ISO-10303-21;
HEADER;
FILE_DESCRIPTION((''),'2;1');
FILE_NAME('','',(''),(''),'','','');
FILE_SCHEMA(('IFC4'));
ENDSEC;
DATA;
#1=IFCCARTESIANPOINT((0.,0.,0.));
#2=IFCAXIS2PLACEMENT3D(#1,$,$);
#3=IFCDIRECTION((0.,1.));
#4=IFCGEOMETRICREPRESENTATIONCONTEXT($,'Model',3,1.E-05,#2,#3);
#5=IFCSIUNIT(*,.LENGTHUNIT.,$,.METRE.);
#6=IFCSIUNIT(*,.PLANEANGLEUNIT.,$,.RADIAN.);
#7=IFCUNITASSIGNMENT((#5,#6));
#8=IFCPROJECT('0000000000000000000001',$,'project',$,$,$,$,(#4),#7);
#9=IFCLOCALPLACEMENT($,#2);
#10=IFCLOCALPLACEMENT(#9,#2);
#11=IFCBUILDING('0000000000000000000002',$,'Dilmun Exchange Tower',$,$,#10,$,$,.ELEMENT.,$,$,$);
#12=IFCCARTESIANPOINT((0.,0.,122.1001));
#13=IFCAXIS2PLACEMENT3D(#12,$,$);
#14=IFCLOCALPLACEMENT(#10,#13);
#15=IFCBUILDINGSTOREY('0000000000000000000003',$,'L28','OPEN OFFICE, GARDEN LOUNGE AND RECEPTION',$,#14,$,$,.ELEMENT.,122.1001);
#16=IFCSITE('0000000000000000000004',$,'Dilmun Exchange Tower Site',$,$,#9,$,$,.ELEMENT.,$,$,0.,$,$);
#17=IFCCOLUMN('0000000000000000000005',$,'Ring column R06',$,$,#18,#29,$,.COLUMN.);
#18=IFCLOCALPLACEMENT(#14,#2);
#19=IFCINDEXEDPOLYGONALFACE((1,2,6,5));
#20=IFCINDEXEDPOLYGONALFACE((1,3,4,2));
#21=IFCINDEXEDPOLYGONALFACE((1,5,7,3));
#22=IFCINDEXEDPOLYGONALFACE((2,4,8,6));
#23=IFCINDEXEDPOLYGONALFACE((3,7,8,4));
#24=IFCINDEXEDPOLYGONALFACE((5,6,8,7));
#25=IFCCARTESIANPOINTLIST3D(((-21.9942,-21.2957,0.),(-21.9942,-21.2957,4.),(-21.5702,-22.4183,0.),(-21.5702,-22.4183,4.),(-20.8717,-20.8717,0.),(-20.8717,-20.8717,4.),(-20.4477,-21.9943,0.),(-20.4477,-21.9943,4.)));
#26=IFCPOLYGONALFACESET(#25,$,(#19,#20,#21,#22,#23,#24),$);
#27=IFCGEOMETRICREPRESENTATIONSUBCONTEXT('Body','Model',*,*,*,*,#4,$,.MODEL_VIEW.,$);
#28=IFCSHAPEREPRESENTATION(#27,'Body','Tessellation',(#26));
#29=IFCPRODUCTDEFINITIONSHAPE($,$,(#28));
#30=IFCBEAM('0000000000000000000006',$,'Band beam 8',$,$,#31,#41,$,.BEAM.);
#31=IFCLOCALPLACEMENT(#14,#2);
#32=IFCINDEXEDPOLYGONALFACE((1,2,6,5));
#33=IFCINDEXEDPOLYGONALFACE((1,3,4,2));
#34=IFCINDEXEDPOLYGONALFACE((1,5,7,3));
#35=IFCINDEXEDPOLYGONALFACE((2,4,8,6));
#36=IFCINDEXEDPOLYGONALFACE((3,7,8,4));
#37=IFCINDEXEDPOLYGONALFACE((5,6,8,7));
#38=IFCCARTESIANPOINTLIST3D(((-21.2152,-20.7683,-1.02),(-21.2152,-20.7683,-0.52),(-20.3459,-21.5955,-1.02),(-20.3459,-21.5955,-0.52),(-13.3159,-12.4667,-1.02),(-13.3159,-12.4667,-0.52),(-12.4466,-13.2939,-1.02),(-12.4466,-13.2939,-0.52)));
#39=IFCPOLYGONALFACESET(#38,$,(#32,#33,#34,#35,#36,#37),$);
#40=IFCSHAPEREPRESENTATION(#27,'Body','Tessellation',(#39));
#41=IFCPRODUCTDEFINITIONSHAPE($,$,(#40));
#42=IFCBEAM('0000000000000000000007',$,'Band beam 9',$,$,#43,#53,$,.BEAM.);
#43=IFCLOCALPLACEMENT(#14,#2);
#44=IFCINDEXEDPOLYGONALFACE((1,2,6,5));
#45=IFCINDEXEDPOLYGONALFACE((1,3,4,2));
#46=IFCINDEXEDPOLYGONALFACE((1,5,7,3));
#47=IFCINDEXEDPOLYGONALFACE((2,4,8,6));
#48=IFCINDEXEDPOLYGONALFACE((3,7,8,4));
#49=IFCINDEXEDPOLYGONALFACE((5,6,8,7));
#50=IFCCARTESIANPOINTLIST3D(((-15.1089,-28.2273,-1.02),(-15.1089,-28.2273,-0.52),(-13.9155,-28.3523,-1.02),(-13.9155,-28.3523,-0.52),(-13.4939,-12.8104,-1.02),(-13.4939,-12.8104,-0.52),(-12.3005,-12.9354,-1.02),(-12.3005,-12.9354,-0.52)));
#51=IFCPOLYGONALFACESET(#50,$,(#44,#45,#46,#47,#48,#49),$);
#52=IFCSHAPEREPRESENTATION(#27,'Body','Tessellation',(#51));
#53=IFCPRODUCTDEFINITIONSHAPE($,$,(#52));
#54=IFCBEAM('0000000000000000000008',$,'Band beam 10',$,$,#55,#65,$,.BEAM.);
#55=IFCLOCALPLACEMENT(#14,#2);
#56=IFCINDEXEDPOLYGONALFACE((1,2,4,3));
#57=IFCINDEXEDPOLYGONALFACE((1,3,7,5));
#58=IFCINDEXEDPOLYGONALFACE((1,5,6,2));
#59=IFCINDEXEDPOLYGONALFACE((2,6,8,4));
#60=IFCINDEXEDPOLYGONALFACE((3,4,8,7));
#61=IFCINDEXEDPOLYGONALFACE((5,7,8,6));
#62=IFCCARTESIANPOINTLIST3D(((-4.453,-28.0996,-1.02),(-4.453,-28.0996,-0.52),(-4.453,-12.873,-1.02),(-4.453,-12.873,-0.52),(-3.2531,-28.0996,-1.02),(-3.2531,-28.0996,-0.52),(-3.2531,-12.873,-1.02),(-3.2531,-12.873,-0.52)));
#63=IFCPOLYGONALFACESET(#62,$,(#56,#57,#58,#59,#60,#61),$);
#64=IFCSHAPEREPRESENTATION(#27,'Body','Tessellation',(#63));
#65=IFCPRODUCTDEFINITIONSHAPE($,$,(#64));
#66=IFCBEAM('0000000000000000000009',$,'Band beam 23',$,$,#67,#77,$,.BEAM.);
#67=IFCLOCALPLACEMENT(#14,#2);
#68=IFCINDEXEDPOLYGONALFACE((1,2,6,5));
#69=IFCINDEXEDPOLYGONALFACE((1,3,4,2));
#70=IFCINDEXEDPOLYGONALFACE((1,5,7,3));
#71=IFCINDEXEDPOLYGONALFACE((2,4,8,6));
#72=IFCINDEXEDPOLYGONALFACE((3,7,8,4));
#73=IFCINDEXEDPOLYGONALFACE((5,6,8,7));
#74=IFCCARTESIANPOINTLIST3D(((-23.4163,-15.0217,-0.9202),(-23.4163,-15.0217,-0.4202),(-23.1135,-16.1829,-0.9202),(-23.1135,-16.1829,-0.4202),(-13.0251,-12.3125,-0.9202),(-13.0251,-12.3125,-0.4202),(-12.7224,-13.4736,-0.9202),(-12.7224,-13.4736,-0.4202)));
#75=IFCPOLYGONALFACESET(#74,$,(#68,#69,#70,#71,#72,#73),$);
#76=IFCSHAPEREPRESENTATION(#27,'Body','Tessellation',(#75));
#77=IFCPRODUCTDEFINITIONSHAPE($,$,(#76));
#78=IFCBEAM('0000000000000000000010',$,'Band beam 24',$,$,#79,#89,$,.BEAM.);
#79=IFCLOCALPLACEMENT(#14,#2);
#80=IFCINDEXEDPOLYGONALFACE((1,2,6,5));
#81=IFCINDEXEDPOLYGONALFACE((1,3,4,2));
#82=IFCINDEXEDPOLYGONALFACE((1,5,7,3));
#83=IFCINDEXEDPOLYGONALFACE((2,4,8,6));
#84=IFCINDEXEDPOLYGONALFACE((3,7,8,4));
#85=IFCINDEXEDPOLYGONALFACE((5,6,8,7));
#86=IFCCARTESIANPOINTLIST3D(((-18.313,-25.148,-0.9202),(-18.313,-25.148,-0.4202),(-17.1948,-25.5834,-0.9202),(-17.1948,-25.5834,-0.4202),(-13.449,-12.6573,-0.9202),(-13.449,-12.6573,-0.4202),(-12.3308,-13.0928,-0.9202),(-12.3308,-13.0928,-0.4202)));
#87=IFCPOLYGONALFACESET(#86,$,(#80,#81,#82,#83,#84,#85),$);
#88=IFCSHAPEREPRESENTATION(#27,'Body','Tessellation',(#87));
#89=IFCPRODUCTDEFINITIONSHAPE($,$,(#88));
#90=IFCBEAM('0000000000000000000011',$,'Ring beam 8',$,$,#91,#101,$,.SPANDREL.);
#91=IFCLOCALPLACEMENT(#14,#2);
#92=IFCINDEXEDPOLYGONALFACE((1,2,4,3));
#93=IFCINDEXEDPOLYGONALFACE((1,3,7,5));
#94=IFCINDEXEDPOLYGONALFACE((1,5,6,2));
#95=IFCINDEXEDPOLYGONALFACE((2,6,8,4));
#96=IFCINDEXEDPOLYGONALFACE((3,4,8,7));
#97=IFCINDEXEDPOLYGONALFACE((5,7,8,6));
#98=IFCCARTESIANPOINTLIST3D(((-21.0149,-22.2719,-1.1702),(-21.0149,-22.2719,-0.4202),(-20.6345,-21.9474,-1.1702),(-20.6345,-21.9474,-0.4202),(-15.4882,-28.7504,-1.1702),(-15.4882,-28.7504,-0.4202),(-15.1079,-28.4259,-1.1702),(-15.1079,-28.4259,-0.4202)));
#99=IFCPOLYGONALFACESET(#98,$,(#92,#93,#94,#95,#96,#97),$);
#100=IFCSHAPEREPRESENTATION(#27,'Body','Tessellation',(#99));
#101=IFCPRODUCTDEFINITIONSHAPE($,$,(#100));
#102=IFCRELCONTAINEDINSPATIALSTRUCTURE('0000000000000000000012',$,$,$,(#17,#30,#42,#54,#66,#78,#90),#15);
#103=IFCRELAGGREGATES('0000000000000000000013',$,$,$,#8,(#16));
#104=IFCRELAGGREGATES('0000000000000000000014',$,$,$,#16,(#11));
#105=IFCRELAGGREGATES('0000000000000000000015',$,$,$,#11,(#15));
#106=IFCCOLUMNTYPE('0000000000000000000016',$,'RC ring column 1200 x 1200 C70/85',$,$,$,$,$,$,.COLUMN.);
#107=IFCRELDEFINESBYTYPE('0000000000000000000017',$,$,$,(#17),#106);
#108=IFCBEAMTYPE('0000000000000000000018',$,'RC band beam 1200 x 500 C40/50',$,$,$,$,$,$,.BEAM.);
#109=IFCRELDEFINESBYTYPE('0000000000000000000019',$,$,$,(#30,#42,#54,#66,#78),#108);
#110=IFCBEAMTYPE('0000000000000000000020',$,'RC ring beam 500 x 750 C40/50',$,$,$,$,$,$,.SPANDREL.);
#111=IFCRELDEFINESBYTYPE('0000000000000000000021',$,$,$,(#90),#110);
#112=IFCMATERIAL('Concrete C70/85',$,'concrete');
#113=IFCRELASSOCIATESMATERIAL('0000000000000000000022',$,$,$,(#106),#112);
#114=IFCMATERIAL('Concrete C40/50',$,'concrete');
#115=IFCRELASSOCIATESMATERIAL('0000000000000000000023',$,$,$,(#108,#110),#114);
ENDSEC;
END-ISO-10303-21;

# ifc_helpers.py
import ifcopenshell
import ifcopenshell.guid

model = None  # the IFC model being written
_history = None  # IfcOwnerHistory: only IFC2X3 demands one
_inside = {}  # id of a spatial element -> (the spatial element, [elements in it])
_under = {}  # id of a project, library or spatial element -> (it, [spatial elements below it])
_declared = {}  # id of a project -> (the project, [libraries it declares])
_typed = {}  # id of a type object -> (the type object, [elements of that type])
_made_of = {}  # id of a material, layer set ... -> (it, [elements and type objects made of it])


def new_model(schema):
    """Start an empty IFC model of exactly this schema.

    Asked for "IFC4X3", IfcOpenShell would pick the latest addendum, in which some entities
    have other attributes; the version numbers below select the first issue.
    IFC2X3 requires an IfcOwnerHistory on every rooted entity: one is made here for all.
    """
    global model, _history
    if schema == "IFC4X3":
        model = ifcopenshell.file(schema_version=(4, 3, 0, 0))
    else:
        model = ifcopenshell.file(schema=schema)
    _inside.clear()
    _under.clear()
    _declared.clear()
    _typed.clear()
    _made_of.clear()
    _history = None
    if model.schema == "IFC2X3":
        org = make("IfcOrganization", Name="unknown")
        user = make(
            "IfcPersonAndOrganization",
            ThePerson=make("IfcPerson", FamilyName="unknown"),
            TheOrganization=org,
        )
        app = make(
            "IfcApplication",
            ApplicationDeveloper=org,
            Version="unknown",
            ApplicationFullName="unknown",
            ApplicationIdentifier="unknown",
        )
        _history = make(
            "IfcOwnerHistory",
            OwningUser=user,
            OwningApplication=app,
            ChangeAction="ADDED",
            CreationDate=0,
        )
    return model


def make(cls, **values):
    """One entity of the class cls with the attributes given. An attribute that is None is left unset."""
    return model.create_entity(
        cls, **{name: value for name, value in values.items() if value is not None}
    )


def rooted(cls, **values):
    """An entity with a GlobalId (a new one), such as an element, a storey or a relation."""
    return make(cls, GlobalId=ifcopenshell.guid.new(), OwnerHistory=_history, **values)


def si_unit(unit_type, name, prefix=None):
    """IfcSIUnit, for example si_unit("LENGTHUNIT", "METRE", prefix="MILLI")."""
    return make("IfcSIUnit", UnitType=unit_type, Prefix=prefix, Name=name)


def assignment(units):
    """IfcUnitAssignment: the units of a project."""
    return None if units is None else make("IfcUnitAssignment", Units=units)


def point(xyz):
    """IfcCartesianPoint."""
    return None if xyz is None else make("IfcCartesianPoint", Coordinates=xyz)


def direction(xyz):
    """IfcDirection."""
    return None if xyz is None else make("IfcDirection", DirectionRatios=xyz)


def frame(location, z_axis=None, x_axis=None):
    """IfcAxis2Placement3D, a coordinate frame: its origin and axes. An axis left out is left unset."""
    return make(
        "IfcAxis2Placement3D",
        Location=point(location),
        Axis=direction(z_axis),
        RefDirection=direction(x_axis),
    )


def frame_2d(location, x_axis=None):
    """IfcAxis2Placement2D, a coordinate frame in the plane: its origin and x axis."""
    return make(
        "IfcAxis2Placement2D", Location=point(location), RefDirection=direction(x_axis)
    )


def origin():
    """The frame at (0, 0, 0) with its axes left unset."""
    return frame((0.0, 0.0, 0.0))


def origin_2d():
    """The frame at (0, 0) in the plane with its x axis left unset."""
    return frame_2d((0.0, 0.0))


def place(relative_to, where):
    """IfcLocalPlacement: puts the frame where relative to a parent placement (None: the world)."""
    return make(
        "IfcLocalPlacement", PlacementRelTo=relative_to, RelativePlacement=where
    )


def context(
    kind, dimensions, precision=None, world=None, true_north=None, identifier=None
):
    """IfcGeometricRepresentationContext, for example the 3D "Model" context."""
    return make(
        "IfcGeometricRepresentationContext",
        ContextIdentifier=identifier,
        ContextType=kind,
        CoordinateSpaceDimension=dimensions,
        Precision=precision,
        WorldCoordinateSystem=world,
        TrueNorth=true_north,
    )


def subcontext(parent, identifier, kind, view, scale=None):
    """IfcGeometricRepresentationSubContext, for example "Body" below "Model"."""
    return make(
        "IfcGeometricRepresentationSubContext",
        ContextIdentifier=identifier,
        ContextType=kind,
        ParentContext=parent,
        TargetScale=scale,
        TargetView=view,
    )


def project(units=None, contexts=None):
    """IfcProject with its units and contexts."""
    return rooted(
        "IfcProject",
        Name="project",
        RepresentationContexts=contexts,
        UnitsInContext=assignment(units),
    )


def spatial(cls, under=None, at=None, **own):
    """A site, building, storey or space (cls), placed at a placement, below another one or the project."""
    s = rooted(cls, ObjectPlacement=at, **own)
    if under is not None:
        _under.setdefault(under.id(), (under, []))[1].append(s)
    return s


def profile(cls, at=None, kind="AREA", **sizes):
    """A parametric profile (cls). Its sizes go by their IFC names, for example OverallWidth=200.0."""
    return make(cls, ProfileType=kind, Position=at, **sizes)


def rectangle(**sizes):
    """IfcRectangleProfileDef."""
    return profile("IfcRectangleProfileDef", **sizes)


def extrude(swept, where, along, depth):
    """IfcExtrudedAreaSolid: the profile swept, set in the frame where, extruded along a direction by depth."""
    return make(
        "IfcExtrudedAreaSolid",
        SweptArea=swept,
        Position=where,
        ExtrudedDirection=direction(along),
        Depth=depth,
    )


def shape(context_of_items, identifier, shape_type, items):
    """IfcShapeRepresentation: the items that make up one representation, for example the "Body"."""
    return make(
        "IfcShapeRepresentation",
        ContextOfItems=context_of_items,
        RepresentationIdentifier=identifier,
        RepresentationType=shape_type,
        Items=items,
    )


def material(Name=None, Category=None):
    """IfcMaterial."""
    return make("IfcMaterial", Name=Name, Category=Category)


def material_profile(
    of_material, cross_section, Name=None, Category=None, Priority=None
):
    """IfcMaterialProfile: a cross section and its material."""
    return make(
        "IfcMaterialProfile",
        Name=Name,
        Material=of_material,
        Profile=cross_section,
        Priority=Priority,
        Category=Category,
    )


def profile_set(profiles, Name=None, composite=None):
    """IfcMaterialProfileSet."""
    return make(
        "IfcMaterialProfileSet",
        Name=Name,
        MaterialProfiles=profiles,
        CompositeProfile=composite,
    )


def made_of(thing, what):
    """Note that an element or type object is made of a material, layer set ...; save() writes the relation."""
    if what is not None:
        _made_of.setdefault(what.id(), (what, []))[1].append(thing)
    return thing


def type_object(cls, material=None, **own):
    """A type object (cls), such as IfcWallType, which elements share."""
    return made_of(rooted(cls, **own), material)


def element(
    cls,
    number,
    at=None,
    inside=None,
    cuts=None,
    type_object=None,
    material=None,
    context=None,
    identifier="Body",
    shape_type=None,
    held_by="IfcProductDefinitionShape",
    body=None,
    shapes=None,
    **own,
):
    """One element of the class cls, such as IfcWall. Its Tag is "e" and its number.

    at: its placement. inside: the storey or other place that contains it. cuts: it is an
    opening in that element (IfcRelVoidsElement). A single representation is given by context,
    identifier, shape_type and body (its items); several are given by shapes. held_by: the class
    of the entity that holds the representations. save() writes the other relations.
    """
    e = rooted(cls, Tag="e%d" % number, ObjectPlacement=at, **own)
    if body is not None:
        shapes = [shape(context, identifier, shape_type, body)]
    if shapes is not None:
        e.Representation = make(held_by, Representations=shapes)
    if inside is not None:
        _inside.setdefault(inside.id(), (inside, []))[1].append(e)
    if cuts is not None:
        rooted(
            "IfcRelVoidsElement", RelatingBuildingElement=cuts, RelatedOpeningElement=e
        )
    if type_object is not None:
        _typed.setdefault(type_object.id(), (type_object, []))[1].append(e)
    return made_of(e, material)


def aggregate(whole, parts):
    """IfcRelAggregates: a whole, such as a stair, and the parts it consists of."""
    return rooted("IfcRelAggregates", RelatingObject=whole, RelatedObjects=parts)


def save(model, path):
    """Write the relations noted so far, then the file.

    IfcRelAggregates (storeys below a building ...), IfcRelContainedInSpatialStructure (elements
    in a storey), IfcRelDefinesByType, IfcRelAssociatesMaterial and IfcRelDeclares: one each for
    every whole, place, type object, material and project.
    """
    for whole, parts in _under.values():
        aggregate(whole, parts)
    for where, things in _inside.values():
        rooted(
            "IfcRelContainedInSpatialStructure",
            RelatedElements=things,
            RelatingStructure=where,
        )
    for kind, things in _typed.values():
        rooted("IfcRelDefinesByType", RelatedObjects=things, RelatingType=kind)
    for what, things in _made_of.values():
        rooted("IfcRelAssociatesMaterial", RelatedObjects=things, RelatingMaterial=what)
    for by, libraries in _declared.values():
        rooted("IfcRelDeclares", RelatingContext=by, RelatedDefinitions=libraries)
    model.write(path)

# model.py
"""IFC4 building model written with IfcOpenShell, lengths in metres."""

from ifc_helpers import new_model, si_unit, direction, frame, origin, origin_2d, place, context, subcontext, project, spatial, rectangle, extrude, material, material_profile, profile_set, type_object, element, save


model = new_model("IFC4")

# Units and contexts
model_context = context("Model", 3, precision=1e-05, world=origin(), true_north=direction((0.0, 1.0)))
body_context = subcontext(model_context, "Body", "Model", "MODEL_VIEW")
ifc_project = project(units=[si_unit("LENGTHUNIT", "METRE"), si_unit("PLANEANGLEUNIT", "RADIAN")], contexts=[model_context])

# Site, building, storey
site_placement = place(None, origin())
site = spatial("IfcSite", under=ifc_project, at=site_placement, Name="Dilmun Exchange Tower Site", CompositionType="ELEMENT", RefElevation=0.0)
building_placement = place(site_placement, origin())
building = spatial("IfcBuilding", under=site, at=building_placement, Name="Dilmun Exchange Tower", CompositionType="ELEMENT")
storey_placement = place(building_placement, frame((0.0, 0.0, 122.1001)))
storey = spatial("IfcBuildingStorey", under=building, at=storey_placement, Name="L28", Description="OPEN OFFICE, GARDEN LOUNGE AND RECEPTION", CompositionType="ELEMENT", Elevation=122.1001)

# Column
ifc_material_1 = material(Name="Concrete C70/85", Category="concrete")
ifc_material_profile_1 = material_profile(ifc_material_1, rectangle(XDim=1.2, YDim=1.2, at=origin_2d()), Name="1200 x 1200")
ifc_profile_set_1 = profile_set([ifc_material_profile_1], Name="Concrete C70/85")
column_type = type_object("IfcColumnType", Name="RC ring column 1200 x 1200 C70/85", PredefinedType="COLUMN", material=ifc_profile_set_1)
column_placement = place(storey_placement, frame((-21.2209, -21.645, 0.0), z_axis=(0.0, 0.0, 1.0), x_axis=(0.935492, 0.353349, 0.0)))
element("IfcColumn", 1, at=column_placement, inside=storey, type_object=column_type, Name="Ring column R06", PredefinedType="COLUMN", context=body_context, shape_type="SweptSolid", body=[
    extrude(rectangle(XDim=1.2, YDim=1.2, at=origin_2d()), origin(), (0.0, 0.0, 1.0), 4.0),
])

# Beams
ifc_material_2 = material(Name="Concrete C40/50", Category="concrete")
ifc_material_profile_2 = material_profile(ifc_material_2, rectangle(XDim=1.2, YDim=0.5, at=origin_2d()), Name="1200 x 500")
ifc_profile_set_2 = profile_set([ifc_material_profile_2], Name="Concrete C40/50")
beam_type_1 = type_object("IfcBeamType", Name="RC band beam 1200 x 500 C40/50", PredefinedType="BEAM", material=ifc_profile_set_2)
beam_1_placement = place(storey_placement, frame((-20.7805, -21.1819, -0.77), z_axis=(0.689333, 0.724444, 0.0), x_axis=(-0.724444, 0.689333, 0.0)))
element("IfcBeam", 2, at=beam_1_placement, inside=storey, type_object=beam_type_1, Name="Band beam 8", PredefinedType="BEAM", context=body_context, shape_type="SweptSolid", body=[
    extrude(rectangle(XDim=1.2, YDim=0.5, at=origin_2d()), origin(), (0.0, 0.0, 1.0), 11.4592),
])
beam_2_placement = place(storey_placement, frame((-14.5122, -28.2898, -0.77), z_axis=(0.104185, 0.994558, 0.0), x_axis=(-0.994558, 0.104185, 0.0)))
element("IfcBeam", 3, at=beam_2_placement, inside=storey, type_object=beam_type_1, Name="Band beam 9", PredefinedType="BEAM", context=body_context, shape_type="SweptSolid", body=[
    extrude(rectangle(XDim=1.2, YDim=0.5, at=origin_2d()), origin(), (0.0, 0.0, 1.0), 15.5012),
])
beam_3_placement = place(storey_placement, frame((-3.853, -28.0996, -0.77), z_axis=(0.0, 1.0, 0.0), x_axis=(-1.0, 0.0, 0.0)))
element("IfcBeam", 4, at=beam_3_placement, inside=storey, type_object=beam_type_1, Name="Band beam 10", PredefinedType="BEAM", context=body_context, shape_type="SweptSolid", body=[
    extrude(rectangle(XDim=1.2, YDim=0.5, at=origin_2d()), origin(), (0.0, 0.0, 1.0), 15.2266),
])
beam_4_placement = place(storey_placement, frame((-23.2649, -15.6023, -0.6702), z_axis=(0.967651, 0.252291, 0.0), x_axis=(-0.252291, 0.967651, 0.0)))
element("IfcBeam", 5, at=beam_4_placement, inside=storey, type_object=beam_type_1, Name="Band beam 23", PredefinedType="BEAM", context=body_context, shape_type="SweptSolid", body=[
    extrude(rectangle(XDim=1.2, YDim=0.5, at=origin_2d()), origin(), (0.0, 0.0, 1.0), 10.7385),
])
beam_5_placement = place(storey_placement, frame((-17.7539, -25.3657, -0.6702), z_axis=(0.362868, 0.931841, 0.0), x_axis=(-0.931841, 0.362868, 0.0)))
element("IfcBeam", 6, at=beam_5_placement, inside=storey, type_object=beam_type_1, Name="Band beam 24", PredefinedType="BEAM", context=body_context, shape_type="SweptSolid", body=[
    extrude(rectangle(XDim=1.2, YDim=0.5, at=origin_2d()), origin(), (0.0, 0.0, 1.0), 13.4043),
])
ifc_material_profile_3 = material_profile(ifc_material_2, rectangle(XDim=0.5, YDim=0.75, at=origin_2d()), Name="500 x 750")
ifc_profile_set_3 = profile_set([ifc_material_profile_3], Name="Concrete C40/50")
beam_type_2 = type_object("IfcBeamType", Name="RC ring beam 500 x 750 C40/50", PredefinedType="SPANDREL", material=ifc_profile_set_3)
beam_6_placement = place(storey_placement, frame((-20.8247, -22.1096, -0.7952), z_axis=(0.649002, -0.760786, 0.0), x_axis=(0.760786, 0.649002, 0.0)))
element("IfcBeam", 7, at=beam_6_placement, inside=storey, type_object=beam_type_2, Name="Ring beam 8", PredefinedType="SPANDREL", context=body_context, shape_type="SweptSolid", body=[
    extrude(rectangle(XDim=0.5, YDim=0.75, at=origin_2d()), origin(), (0.0, 0.0, 1.0), 8.5156),
])

save(model, "model.ifc")
